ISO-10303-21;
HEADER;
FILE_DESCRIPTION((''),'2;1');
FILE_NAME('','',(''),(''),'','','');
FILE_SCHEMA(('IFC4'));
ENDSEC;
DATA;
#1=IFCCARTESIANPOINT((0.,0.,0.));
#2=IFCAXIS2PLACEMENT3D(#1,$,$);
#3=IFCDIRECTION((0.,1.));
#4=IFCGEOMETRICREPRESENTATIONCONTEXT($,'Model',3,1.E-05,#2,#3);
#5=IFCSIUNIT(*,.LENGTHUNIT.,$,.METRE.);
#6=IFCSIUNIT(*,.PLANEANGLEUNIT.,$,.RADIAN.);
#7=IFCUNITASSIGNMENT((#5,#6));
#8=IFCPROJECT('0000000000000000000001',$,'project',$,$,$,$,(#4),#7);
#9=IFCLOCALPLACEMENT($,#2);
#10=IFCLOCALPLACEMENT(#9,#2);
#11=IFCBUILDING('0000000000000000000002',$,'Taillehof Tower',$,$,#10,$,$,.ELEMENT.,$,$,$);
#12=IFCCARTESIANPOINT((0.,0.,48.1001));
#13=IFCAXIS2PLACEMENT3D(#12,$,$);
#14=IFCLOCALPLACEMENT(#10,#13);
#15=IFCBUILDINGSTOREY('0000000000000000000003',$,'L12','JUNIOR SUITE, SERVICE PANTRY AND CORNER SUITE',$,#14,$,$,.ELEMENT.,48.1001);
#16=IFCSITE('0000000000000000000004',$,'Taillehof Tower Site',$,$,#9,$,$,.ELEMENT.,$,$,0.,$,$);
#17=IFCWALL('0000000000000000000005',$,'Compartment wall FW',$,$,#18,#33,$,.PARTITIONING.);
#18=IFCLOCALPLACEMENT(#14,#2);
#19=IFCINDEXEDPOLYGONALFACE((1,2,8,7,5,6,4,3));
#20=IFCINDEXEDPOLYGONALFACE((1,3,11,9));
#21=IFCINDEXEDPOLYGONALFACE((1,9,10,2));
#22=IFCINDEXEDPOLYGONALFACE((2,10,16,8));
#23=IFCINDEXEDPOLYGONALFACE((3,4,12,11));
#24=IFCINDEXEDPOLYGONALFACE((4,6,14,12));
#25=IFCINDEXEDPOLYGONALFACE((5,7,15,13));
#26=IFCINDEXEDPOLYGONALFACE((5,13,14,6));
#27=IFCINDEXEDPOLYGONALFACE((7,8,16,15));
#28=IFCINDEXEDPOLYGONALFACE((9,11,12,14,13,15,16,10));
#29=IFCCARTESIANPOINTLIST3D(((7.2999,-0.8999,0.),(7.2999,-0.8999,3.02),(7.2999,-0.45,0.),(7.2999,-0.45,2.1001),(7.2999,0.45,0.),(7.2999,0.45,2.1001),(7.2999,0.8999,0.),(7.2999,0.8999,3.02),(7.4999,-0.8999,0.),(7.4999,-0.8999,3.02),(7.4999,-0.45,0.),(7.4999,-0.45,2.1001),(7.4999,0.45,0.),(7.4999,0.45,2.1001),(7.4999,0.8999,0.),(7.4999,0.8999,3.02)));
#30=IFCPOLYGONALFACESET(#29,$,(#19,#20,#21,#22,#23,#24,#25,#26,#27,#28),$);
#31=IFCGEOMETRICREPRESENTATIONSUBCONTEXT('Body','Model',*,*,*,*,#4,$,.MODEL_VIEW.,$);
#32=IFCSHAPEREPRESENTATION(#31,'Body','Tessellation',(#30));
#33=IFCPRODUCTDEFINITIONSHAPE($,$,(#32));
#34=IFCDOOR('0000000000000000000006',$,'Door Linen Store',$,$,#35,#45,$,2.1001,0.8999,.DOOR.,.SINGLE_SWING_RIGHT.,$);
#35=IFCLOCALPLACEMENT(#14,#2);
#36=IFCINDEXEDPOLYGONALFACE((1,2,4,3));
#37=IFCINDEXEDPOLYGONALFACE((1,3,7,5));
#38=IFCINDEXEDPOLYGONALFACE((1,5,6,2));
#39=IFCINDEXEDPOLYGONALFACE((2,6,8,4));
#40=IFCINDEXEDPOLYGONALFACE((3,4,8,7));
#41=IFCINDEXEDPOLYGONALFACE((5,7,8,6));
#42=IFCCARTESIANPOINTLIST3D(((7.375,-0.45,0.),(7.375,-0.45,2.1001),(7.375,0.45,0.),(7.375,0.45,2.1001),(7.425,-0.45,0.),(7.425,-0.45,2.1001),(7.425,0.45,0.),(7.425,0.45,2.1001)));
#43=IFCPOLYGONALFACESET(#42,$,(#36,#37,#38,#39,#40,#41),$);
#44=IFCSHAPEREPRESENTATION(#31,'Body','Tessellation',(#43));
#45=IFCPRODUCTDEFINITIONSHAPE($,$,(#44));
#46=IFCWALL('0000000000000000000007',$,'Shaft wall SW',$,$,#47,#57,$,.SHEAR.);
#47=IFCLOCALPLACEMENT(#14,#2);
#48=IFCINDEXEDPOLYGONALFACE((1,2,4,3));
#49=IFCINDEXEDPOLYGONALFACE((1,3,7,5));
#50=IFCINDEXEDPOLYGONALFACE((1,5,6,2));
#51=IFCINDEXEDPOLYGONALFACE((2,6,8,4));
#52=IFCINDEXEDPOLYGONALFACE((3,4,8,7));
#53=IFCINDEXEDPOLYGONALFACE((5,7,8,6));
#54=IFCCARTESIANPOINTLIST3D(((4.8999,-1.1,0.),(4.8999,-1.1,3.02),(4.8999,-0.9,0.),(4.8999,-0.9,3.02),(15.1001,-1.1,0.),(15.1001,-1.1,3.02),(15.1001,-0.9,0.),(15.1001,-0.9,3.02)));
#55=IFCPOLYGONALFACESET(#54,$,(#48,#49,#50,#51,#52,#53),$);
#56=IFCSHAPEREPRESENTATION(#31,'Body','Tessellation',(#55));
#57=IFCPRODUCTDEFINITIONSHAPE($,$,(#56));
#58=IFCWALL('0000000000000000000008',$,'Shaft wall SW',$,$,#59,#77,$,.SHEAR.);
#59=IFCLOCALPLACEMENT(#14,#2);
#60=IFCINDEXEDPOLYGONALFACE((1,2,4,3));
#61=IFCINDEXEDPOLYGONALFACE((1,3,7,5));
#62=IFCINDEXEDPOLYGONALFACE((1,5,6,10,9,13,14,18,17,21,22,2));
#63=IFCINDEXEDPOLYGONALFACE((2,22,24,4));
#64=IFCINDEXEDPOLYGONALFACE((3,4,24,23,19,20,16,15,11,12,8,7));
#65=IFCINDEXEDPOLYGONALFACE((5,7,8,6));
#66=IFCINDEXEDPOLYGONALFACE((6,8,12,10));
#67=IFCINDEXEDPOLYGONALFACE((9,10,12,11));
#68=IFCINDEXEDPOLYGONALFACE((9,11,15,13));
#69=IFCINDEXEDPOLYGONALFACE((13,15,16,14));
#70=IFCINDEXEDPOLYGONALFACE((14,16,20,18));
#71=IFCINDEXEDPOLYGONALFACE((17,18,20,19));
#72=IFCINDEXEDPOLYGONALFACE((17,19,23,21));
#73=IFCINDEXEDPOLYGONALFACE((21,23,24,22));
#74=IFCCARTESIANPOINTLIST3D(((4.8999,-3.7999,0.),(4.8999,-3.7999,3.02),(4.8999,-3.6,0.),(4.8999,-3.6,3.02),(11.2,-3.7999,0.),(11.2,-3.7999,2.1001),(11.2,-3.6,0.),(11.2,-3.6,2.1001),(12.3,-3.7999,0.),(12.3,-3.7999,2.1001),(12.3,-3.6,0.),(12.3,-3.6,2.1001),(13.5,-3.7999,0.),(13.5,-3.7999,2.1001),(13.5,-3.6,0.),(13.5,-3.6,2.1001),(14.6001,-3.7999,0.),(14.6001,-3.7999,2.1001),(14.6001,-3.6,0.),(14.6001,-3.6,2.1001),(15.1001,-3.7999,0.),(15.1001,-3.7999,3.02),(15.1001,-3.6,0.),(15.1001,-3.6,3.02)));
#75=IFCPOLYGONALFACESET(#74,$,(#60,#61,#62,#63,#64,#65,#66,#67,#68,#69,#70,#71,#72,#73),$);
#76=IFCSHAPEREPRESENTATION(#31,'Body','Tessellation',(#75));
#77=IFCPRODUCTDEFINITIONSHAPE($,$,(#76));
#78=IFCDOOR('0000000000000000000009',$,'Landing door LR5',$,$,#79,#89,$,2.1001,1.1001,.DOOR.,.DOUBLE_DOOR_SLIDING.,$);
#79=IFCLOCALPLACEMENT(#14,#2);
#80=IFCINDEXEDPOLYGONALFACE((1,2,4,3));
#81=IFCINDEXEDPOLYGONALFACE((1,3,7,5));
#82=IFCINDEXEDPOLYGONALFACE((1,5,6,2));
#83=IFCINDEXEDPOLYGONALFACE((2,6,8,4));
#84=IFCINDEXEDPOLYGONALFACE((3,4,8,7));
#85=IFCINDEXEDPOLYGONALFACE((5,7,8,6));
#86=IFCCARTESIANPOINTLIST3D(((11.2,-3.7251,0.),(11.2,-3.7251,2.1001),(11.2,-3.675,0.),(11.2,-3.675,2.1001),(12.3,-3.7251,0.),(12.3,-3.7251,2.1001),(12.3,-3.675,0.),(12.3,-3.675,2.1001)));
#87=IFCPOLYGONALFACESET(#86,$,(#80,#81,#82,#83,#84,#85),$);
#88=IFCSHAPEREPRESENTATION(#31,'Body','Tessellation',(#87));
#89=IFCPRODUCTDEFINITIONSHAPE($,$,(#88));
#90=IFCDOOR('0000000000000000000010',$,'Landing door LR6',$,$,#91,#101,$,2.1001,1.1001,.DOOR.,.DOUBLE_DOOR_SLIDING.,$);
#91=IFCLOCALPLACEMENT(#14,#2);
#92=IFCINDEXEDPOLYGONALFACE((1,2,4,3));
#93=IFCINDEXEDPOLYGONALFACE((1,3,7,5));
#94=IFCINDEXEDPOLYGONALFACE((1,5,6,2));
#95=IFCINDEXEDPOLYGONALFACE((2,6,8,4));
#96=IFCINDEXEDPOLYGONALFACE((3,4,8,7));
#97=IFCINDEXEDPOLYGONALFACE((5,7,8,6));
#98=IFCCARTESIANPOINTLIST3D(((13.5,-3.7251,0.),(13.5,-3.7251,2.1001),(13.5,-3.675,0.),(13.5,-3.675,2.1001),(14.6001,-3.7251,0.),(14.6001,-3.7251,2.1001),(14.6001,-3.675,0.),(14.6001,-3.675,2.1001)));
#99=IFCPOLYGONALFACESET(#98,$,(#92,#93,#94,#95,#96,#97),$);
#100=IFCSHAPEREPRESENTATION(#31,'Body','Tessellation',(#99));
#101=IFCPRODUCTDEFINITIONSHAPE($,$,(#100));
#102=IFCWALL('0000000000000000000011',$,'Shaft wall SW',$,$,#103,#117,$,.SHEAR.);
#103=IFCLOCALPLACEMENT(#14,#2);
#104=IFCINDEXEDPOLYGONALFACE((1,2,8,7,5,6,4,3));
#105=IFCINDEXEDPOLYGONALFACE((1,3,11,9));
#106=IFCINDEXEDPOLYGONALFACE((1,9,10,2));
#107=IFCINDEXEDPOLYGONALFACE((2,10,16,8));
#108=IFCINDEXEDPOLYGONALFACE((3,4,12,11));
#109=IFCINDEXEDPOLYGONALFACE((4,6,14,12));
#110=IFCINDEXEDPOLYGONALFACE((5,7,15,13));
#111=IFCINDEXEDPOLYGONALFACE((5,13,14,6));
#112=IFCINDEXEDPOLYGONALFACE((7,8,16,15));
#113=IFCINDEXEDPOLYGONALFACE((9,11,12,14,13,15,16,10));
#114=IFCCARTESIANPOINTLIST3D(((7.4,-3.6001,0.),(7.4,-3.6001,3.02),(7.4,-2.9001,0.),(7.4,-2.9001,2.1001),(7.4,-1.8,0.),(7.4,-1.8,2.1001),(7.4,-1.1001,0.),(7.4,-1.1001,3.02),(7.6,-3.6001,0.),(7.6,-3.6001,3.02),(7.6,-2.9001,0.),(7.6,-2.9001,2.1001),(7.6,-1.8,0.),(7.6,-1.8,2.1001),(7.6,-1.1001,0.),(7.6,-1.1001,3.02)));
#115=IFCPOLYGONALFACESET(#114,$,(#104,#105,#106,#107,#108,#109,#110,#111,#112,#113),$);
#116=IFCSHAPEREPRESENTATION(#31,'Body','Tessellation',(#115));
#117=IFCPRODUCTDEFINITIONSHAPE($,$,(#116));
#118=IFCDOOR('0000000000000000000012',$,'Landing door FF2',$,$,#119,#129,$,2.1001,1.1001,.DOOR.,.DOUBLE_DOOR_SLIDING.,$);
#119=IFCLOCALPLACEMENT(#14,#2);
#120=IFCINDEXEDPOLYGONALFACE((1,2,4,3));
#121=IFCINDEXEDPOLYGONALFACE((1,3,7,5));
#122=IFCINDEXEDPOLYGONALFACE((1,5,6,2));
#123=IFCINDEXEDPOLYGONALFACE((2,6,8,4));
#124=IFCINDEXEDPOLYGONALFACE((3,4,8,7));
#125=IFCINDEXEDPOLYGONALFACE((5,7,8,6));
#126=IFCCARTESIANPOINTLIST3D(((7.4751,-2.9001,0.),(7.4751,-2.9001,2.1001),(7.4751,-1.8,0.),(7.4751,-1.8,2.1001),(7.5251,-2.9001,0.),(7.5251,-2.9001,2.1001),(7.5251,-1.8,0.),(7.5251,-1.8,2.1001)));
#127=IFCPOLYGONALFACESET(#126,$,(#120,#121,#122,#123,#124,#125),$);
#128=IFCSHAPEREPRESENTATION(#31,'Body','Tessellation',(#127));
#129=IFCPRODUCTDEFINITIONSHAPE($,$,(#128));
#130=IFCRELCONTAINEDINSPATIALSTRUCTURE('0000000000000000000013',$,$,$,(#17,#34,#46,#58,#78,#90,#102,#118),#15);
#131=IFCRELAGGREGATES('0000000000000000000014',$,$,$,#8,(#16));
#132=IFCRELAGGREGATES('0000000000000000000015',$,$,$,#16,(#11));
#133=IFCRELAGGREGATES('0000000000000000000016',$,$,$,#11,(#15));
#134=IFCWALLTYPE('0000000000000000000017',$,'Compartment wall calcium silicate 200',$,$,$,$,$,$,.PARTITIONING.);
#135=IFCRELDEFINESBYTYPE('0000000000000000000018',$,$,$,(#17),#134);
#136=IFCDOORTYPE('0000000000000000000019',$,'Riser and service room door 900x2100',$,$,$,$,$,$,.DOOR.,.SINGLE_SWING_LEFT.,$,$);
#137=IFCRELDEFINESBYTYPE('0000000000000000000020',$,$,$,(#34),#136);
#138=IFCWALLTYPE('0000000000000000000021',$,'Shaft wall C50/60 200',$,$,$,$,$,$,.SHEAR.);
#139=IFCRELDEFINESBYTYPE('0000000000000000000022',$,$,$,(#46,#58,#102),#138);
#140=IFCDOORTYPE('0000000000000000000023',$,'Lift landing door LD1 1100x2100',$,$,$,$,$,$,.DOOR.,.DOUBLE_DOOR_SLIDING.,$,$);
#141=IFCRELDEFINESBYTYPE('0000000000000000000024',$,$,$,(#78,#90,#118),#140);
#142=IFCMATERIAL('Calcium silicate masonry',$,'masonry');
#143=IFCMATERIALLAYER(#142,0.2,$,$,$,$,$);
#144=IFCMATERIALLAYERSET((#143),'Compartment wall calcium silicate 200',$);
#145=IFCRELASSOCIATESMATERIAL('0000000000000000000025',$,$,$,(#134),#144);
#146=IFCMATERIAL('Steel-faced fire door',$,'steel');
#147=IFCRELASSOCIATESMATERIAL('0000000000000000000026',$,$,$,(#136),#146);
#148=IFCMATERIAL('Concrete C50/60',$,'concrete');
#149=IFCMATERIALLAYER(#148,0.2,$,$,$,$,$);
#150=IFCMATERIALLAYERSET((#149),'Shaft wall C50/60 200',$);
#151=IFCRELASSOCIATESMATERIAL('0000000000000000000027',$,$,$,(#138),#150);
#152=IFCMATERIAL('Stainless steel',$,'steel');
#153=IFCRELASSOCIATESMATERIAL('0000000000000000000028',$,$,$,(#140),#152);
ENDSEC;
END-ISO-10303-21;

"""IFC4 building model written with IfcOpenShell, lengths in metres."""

from ifc_helpers import new_model, si_unit, direction, frame, frame_2d, origin, place, context, subcontext, project, spatial, rectangle, extrude, material, layer, layer_set, type_object, element, fill, save


model = new_model("IFC4")

# Units and contexts
model_context = context("Model", 3, precision=1e-05, world=origin(), true_north=direction((0.0, 1.0)))
body_context = subcontext(model_context, "Body", "Model", "MODEL_VIEW")
ifc_project = project(units=[si_unit("LENGTHUNIT", "METRE"), si_unit("PLANEANGLEUNIT", "RADIAN")], contexts=[model_context])

# Site, building, storey
site_placement = place(None, origin())
site = spatial("IfcSite", under=ifc_project, at=site_placement, Name="Taillehof Tower Site", CompositionType="ELEMENT", RefElevation=0.0)
building_placement = place(site_placement, origin())
building = spatial("IfcBuilding", under=site, at=building_placement, Name="Taillehof Tower", CompositionType="ELEMENT")
storey_placement = place(building_placement, frame((0.0, 0.0, 48.1001)))
storey = spatial("IfcBuildingStorey", under=building, at=storey_placement, Name="L12", Description="JUNIOR SUITE, SERVICE PANTRY AND CORNER SUITE", CompositionType="ELEMENT", Elevation=48.1001)

# Wall, opening, door
ifc_material_1 = material(Name="Calcium silicate masonry", Category="masonry")
ifc_layer_1 = layer(ifc_material_1, 0.2)
ifc_layer_set_1 = layer_set([ifc_layer_1], Name="Compartment wall calcium silicate 200")
wall_type_1 = type_object("IfcWallType", Name="Compartment wall calcium silicate 200", PredefinedType="PARTITIONING", material=ifc_layer_set_1)
wall_1_placement = place(storey_placement, frame((7.3999, -0.8999, 0.0), z_axis=(0.0, 0.0, 1.0), x_axis=(0.0, 1.0, 0.0)))
wall_1 = element("IfcWall", 1, at=wall_1_placement, inside=storey, type_object=wall_type_1, Name="Compartment wall FW", PredefinedType="PARTITIONING", context=body_context, shape_type="SweptSolid", body=[
    extrude(rectangle(XDim=1.7998, YDim=0.2, at=frame_2d((0.8999, 0.0))), origin(), (0.0, 0.0, 1.0), 3.02),
])
opening_1_placement = place(wall_1_placement, frame((0.45, 0.0, 0.0)))
opening_1 = element("IfcOpeningElement", 2, at=opening_1_placement, cuts=wall_1, PredefinedType="OPENING", context=body_context, shape_type="SweptSolid", body=[
    extrude(rectangle(XDim=0.8999, YDim=2.1001, at=frame_2d((0.45, 1.05))), frame((0.0, 0.1099, 0.0), z_axis=(0.0, -1.0, 0.0), x_axis=(1.0, 0.0, 0.0)), (0.0, 0.0, 1.0), 0.22),
])
ifc_material_2 = material(Name="Steel-faced fire door", Category="steel")
door_type_1 = type_object("IfcDoorType", Name="Riser and service room door 900x2100", OperationType="SINGLE_SWING_LEFT", PredefinedType="DOOR", material=ifc_material_2)
door_1_placement = place(opening_1_placement, origin())
door_1 = element("IfcDoor", 3, at=door_1_placement, inside=storey, type_object=door_type_1, Name="Door Linen Store", OperationType="SINGLE_SWING_RIGHT", OverallHeight=2.1001, OverallWidth=0.8999, PredefinedType="DOOR", context=body_context, shape_type="SweptSolid", body=[
    extrude(rectangle(XDim=0.8999, YDim=2.1001, at=frame_2d((0.45, 1.05))), frame((0.0, 0.0249, 0.0), z_axis=(0.0, -1.0, 0.0), x_axis=(1.0, 0.0, 0.0)), (0.0, 0.0, 1.0), 0.05),
])
fill(opening_1, door_1)

# Wall
ifc_material_3 = material(Name="Concrete C50/60", Category="concrete")
ifc_layer_2 = layer(ifc_material_3, 0.2)
ifc_layer_set_2 = layer_set([ifc_layer_2], Name="Shaft wall C50/60 200")
wall_type_2 = type_object("IfcWallType", Name="Shaft wall C50/60 200", PredefinedType="SHEAR", material=ifc_layer_set_2)
wall_2_placement = place(storey_placement, frame((4.8999, -1.0, 0.0), z_axis=(0.0, 0.0, 1.0), x_axis=(1.0, 0.0, 0.0)))
element("IfcWall", 4, at=wall_2_placement, inside=storey, type_object=wall_type_2, Name="Shaft wall SW", PredefinedType="SHEAR", context=body_context, shape_type="SweptSolid", body=[
    extrude(rectangle(XDim=10.2002, YDim=0.2, at=frame_2d((5.1001, 0.0))), origin(), (0.0, 0.0, 1.0), 3.02),
])

# Wall, openings, doors
wall_3_placement = place(storey_placement, frame((4.8999, -3.7, 0.0), z_axis=(0.0, 0.0, 1.0), x_axis=(1.0, 0.0, 0.0)))
wall_3 = element("IfcWall", 5, at=wall_3_placement, inside=storey, type_object=wall_type_2, Name="Shaft wall SW", PredefinedType="SHEAR", context=body_context, shape_type="SweptSolid", body=[
    extrude(rectangle(XDim=10.2002, YDim=0.2, at=frame_2d((5.1001, 0.0))), origin(), (0.0, 0.0, 1.0), 3.02),
])
opening_2_placement = place(wall_3_placement, frame((6.3, 0.0, 0.0)))
opening_2 = element("IfcOpeningElement", 6, at=opening_2_placement, cuts=wall_3, PredefinedType="OPENING", context=body_context, shape_type="SweptSolid", body=[
    extrude(rectangle(XDim=1.1001, YDim=2.1001, at=frame_2d((0.55, 1.05))), frame((0.0, 0.1099, 0.0), z_axis=(0.0, -1.0, 0.0), x_axis=(1.0, 0.0, 0.0)), (0.0, 0.0, 1.0), 0.22),
])
opening_3_placement = place(wall_3_placement, frame((8.6001, 0.0, 0.0)))
opening_3 = element("IfcOpeningElement", 7, at=opening_3_placement, cuts=wall_3, PredefinedType="OPENING", context=body_context, shape_type="SweptSolid", body=[
    extrude(rectangle(XDim=1.1001, YDim=2.1001, at=frame_2d((0.55, 1.05))), frame((0.0, 0.1099, 0.0), z_axis=(0.0, -1.0, 0.0), x_axis=(1.0, 0.0, 0.0)), (0.0, 0.0, 1.0), 0.22),
])
ifc_material_4 = material(Name="Stainless steel", Category="steel")
door_type_2 = type_object("IfcDoorType", Name="Lift landing door LD1 1100x2100", OperationType="DOUBLE_DOOR_SLIDING", PredefinedType="DOOR", material=ifc_material_4)
door_2_placement = place(opening_2_placement, origin())
door_2 = element("IfcDoor", 8, at=door_2_placement, inside=storey, type_object=door_type_2, Name="Landing door LR5", OperationType="DOUBLE_DOOR_SLIDING", OverallHeight=2.1001, OverallWidth=1.1001, PredefinedType="DOOR", context=body_context, shape_type="SweptSolid", body=[
    extrude(rectangle(XDim=1.1001, YDim=2.1001, at=frame_2d((0.55, 1.05))), frame((0.0, 0.0249, 0.0), z_axis=(0.0, -1.0, 0.0), x_axis=(1.0, 0.0, 0.0)), (0.0, 0.0, 1.0), 0.05),
])
fill(opening_2, door_2)
door_3_placement = place(opening_3_placement, origin())
door_3 = element("IfcDoor", 9, at=door_3_placement, inside=storey, type_object=door_type_2, Name="Landing door LR6", OperationType="DOUBLE_DOOR_SLIDING", OverallHeight=2.1001, OverallWidth=1.1001, PredefinedType="DOOR", context=body_context, shape_type="SweptSolid", body=[
    extrude(rectangle(XDim=1.1001, YDim=2.1001, at=frame_2d((0.55, 1.05))), frame((0.0, 0.0249, 0.0), z_axis=(0.0, -1.0, 0.0), x_axis=(1.0, 0.0, 0.0)), (0.0, 0.0, 1.0), 0.05),
])
fill(opening_3, door_3)

# Wall, opening, door
wall_4_placement = place(storey_placement, frame((7.5, -3.6001, 0.0), z_axis=(0.0, 0.0, 1.0), x_axis=(0.0, 1.0, 0.0)))
wall_4 = element("IfcWall", 10, at=wall_4_placement, inside=storey, type_object=wall_type_2, Name="Shaft wall SW", PredefinedType="SHEAR", context=body_context, shape_type="SweptSolid", body=[
    extrude(rectangle(XDim=2.5, YDim=0.2, at=frame_2d((1.25, 0.0))), origin(), (0.0, 0.0, 1.0), 3.02),
])
opening_4_placement = place(wall_4_placement, frame((0.7, 0.0, 0.0)))
opening_4 = element("IfcOpeningElement", 11, at=opening_4_placement, cuts=wall_4, PredefinedType="OPENING", context=body_context, shape_type="SweptSolid", body=[
    extrude(rectangle(XDim=1.1001, YDim=2.1001, at=frame_2d((0.55, 1.05))), frame((0.0, 0.1099, 0.0), z_axis=(0.0, -1.0, 0.0), x_axis=(1.0, 0.0, 0.0)), (0.0, 0.0, 1.0), 0.22),
])
door_4_placement = place(opening_4_placement, origin())
door_4 = element("IfcDoor", 12, at=door_4_placement, inside=storey, type_object=door_type_2, Name="Landing door FF2", OperationType="DOUBLE_DOOR_SLIDING", OverallHeight=2.1001, OverallWidth=1.1001, PredefinedType="DOOR", context=body_context, shape_type="SweptSolid", body=[
    extrude(rectangle(XDim=1.1001, YDim=2.1001, at=frame_2d((0.55, 1.05))), frame((0.0, 0.0249, 0.0), z_axis=(0.0, -1.0, 0.0), x_axis=(1.0, 0.0, 0.0)), (0.0, 0.0, 1.0), 0.05),
])
fill(opening_4, door_4)

save(model, "model.ifc")
